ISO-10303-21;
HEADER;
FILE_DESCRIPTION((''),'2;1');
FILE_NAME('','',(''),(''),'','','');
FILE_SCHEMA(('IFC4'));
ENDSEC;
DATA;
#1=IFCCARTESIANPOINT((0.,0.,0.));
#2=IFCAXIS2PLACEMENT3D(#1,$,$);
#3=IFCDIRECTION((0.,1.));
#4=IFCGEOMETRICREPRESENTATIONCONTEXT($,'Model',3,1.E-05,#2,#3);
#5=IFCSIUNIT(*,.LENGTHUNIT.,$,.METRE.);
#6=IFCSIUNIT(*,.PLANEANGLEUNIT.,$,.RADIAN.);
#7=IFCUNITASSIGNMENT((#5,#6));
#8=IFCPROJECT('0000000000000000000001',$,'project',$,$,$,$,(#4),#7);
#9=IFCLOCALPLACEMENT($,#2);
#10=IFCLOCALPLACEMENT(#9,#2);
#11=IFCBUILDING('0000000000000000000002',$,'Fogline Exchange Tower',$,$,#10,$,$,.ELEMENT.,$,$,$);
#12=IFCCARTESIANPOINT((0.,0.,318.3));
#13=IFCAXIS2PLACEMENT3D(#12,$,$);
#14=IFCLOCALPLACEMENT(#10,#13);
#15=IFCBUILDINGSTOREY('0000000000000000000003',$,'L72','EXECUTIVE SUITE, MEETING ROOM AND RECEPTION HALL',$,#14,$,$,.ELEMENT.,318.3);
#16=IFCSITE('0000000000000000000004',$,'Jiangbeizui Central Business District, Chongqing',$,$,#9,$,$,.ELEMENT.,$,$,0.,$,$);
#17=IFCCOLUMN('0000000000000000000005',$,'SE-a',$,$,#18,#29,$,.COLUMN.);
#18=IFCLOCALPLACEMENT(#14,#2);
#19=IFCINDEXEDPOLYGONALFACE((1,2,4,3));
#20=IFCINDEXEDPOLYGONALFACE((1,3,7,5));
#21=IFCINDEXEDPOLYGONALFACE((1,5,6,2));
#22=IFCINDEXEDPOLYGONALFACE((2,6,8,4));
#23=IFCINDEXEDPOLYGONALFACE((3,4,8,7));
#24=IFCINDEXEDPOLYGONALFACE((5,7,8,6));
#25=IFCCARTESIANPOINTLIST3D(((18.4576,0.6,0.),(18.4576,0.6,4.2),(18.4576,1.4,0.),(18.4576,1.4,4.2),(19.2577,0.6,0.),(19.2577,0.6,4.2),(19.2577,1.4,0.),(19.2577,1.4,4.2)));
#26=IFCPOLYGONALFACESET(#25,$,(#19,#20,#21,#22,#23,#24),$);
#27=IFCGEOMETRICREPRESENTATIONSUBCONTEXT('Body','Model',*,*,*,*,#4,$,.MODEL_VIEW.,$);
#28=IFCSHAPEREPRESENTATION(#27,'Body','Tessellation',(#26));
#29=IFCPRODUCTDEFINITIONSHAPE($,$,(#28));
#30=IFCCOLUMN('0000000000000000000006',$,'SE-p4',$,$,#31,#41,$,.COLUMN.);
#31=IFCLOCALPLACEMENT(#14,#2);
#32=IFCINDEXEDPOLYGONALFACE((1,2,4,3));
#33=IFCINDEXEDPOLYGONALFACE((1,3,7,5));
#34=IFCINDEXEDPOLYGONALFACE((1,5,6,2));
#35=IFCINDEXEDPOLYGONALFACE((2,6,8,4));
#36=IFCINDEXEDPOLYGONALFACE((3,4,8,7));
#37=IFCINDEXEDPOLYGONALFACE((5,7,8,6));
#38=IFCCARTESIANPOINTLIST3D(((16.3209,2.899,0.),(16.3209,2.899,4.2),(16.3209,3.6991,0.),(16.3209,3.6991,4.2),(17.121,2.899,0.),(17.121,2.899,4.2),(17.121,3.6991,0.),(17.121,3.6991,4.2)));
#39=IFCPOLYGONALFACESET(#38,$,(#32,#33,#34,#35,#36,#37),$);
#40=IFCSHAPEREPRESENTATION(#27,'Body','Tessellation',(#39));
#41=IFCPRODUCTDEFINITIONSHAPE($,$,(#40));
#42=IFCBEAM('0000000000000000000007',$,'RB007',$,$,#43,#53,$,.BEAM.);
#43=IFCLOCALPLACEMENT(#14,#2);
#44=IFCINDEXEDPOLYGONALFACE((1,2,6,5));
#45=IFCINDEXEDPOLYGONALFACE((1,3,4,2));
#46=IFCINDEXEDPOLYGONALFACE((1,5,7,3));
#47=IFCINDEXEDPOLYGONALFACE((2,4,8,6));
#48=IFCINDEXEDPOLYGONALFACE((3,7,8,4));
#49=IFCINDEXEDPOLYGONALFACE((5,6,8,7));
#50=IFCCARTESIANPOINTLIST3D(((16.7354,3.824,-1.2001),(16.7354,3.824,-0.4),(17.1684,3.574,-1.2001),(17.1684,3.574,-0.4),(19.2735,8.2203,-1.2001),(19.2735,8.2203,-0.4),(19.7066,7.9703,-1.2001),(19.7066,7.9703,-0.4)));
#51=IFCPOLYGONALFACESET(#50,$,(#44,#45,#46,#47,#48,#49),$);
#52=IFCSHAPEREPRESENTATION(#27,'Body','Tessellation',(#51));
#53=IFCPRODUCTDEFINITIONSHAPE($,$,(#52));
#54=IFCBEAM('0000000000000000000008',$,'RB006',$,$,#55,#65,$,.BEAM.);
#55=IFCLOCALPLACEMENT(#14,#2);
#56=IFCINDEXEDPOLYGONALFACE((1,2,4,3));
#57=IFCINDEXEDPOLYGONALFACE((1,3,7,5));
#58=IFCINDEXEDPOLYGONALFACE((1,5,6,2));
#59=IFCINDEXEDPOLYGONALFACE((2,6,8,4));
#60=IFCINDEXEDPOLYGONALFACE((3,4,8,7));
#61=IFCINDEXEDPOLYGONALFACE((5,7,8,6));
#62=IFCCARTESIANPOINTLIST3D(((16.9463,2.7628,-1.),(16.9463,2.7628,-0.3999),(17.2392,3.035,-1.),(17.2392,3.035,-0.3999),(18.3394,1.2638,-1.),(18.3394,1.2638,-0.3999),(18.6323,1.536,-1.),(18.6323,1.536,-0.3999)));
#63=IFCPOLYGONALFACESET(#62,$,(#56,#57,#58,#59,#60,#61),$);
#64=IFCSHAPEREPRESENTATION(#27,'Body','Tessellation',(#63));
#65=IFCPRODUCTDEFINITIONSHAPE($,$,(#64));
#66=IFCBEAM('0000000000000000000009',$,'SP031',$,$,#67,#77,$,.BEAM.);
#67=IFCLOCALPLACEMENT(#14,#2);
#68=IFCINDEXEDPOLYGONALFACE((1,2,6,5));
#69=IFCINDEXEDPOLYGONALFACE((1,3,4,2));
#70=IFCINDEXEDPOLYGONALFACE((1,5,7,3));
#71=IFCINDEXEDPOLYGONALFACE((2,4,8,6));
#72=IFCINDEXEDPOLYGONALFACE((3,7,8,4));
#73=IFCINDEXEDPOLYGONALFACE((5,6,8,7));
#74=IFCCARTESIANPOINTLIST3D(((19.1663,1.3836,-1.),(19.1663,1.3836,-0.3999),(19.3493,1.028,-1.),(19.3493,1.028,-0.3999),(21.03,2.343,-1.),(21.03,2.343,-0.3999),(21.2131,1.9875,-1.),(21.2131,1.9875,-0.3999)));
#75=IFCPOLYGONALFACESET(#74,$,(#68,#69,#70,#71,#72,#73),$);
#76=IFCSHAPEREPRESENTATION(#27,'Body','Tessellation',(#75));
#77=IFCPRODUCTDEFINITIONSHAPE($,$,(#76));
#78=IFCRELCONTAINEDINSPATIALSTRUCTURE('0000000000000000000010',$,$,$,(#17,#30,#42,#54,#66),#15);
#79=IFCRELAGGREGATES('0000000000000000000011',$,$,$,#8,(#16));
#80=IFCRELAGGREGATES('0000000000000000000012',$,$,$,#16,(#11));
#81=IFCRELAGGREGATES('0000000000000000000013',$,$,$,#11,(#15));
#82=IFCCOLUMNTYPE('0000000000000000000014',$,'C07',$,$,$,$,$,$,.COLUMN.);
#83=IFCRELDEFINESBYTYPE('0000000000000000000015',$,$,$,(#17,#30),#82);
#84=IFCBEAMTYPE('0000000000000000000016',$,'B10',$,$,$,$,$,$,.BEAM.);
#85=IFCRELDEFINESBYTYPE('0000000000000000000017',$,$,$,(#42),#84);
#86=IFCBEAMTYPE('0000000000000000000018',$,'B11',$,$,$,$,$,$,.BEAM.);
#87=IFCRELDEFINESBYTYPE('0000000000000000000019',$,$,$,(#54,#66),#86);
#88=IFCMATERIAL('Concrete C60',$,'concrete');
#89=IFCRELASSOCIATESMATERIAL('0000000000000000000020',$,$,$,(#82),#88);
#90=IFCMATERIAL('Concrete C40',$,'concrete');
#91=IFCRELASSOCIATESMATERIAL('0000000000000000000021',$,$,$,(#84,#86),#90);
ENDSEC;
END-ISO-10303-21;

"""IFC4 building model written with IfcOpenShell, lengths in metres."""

from ifc_helpers import new_model, si_unit, direction, frame, origin, origin_2d, place, context, subcontext, project, spatial, rectangle, extrude, material, material_profile, profile_set, type_object, element, save


model = new_model("IFC4")

# Units and contexts
model_context = context("Model", 3, precision=1e-05, world=origin(), true_north=direction((0.0, 1.0)))
body_context = subcontext(model_context, "Body", "Model", "MODEL_VIEW")
ifc_project = project(units=[si_unit("LENGTHUNIT", "METRE"), si_unit("PLANEANGLEUNIT", "RADIAN")], contexts=[model_context])

# Site, building, storey
site_placement = place(None, origin())
site = spatial("IfcSite", under=ifc_project, at=site_placement, Name="Jiangbeizui Central Business District, Chongqing", CompositionType="ELEMENT", RefElevation=0.0)
building_placement = place(site_placement, origin())
building = spatial("IfcBuilding", under=site, at=building_placement, Name="Fogline Exchange Tower", CompositionType="ELEMENT")
storey_placement = place(building_placement, frame((0.0, 0.0, 318.3)))
storey = spatial("IfcBuildingStorey", under=building, at=storey_placement, Name="L72", Description="EXECUTIVE SUITE, MEETING ROOM AND RECEPTION HALL", CompositionType="ELEMENT", Elevation=318.3)

# Columns
ifc_material_1 = material(Name="Concrete C60", Category="concrete")
ifc_material_profile_1 = material_profile(ifc_material_1, rectangle(XDim=0.8, YDim=0.8, at=origin_2d()), Name="RC 800x800")
ifc_profile_set_1 = profile_set([ifc_material_profile_1], Name="Concrete C60")
column_type = type_object("IfcColumnType", Name="C07", PredefinedType="COLUMN", material=ifc_profile_set_1)
for number, where, z_axis, x_axis, name in (
    (1, (18.8577, 1.0, 0.0), (0.0, 0.0, 1.0), (1.0, 0.0, 0.0), "SE-a"),
    (2, (16.7209, 3.2991, 0.0), (0.0, 0.0, 1.0), (1.0, 0.0, 0.0), "SE-p4"),
):
    element("IfcColumn", number, at=place(storey_placement, frame(where, z_axis=z_axis, x_axis=x_axis)), inside=storey, type_object=column_type, Name=name, PredefinedType="COLUMN", context=body_context, shape_type="SweptSolid", body=[
        extrude(rectangle(XDim=0.8, YDim=0.8, at=origin_2d()), origin(), (0.0, 0.0, 1.0), 4.2),
    ])

# Beams
ifc_material_2 = material(Name="Concrete C40", Category="concrete")
ifc_material_profile_2 = material_profile(ifc_material_2, rectangle(XDim=0.5, YDim=0.8, at=origin_2d()), Name="RC 500x800")
ifc_profile_set_2 = profile_set([ifc_material_profile_2], Name="Concrete C40")
beam_type_1 = type_object("IfcBeamType", Name="B10", PredefinedType="BEAM", material=ifc_profile_set_2)
beam_1_placement = place(storey_placement, frame((16.9519, 3.699, -0.8), z_axis=(0.499988, 0.866033, 0.0), x_axis=(-0.866033, 0.499988, 0.0)))
element("IfcBeam", 3, at=beam_1_placement, inside=storey, type_object=beam_type_1, Name="RB007", PredefinedType="BEAM", context=body_context, shape_type="SweptSolid", body=[
    extrude(rectangle(XDim=0.5, YDim=0.8, at=origin_2d()), origin(), (0.0, 0.0, 1.0), 5.0764),
])
ifc_material_profile_3 = material_profile(ifc_material_2, rectangle(XDim=0.3999, YDim=0.6001, at=origin_2d()), Name="RC 400x600")
ifc_profile_set_3 = profile_set([ifc_material_profile_3], Name="Concrete C40")
beam_type_2 = type_object("IfcBeamType", Name="B11", PredefinedType="BEAM", material=ifc_profile_set_3)
beam_2_placement = place(storey_placement, frame((18.4858, 1.3999, -0.7), z_axis=(-0.680744, 0.732521, 0.0), x_axis=(-0.732521, -0.680744, 0.0)))
element("IfcBeam", 4, at=beam_2_placement, inside=storey, type_object=beam_type_2, Name="RB006", PredefinedType="BEAM", context=body_context, shape_type="SweptSolid", body=[
    extrude(rectangle(XDim=0.3999, YDim=0.6001, at=origin_2d()), origin(), (0.0, 0.0, 1.0), 2.0464),
])
beam_3_placement = place(storey_placement, frame((19.2578, 1.2058, -0.7), z_axis=(0.889101, 0.457711, 0.0), x_axis=(-0.457711, 0.889101, 0.0)))
element("IfcBeam", 5, at=beam_3_placement, inside=storey, type_object=beam_type_2, Name="SP031", PredefinedType="BEAM", context=body_context, shape_type="SweptSolid", body=[
    extrude(rectangle(XDim=0.3999, YDim=0.6001, at=origin_2d()), origin(), (0.0, 0.0, 1.0), 2.0962),
])

save(model, "model.ifc")
